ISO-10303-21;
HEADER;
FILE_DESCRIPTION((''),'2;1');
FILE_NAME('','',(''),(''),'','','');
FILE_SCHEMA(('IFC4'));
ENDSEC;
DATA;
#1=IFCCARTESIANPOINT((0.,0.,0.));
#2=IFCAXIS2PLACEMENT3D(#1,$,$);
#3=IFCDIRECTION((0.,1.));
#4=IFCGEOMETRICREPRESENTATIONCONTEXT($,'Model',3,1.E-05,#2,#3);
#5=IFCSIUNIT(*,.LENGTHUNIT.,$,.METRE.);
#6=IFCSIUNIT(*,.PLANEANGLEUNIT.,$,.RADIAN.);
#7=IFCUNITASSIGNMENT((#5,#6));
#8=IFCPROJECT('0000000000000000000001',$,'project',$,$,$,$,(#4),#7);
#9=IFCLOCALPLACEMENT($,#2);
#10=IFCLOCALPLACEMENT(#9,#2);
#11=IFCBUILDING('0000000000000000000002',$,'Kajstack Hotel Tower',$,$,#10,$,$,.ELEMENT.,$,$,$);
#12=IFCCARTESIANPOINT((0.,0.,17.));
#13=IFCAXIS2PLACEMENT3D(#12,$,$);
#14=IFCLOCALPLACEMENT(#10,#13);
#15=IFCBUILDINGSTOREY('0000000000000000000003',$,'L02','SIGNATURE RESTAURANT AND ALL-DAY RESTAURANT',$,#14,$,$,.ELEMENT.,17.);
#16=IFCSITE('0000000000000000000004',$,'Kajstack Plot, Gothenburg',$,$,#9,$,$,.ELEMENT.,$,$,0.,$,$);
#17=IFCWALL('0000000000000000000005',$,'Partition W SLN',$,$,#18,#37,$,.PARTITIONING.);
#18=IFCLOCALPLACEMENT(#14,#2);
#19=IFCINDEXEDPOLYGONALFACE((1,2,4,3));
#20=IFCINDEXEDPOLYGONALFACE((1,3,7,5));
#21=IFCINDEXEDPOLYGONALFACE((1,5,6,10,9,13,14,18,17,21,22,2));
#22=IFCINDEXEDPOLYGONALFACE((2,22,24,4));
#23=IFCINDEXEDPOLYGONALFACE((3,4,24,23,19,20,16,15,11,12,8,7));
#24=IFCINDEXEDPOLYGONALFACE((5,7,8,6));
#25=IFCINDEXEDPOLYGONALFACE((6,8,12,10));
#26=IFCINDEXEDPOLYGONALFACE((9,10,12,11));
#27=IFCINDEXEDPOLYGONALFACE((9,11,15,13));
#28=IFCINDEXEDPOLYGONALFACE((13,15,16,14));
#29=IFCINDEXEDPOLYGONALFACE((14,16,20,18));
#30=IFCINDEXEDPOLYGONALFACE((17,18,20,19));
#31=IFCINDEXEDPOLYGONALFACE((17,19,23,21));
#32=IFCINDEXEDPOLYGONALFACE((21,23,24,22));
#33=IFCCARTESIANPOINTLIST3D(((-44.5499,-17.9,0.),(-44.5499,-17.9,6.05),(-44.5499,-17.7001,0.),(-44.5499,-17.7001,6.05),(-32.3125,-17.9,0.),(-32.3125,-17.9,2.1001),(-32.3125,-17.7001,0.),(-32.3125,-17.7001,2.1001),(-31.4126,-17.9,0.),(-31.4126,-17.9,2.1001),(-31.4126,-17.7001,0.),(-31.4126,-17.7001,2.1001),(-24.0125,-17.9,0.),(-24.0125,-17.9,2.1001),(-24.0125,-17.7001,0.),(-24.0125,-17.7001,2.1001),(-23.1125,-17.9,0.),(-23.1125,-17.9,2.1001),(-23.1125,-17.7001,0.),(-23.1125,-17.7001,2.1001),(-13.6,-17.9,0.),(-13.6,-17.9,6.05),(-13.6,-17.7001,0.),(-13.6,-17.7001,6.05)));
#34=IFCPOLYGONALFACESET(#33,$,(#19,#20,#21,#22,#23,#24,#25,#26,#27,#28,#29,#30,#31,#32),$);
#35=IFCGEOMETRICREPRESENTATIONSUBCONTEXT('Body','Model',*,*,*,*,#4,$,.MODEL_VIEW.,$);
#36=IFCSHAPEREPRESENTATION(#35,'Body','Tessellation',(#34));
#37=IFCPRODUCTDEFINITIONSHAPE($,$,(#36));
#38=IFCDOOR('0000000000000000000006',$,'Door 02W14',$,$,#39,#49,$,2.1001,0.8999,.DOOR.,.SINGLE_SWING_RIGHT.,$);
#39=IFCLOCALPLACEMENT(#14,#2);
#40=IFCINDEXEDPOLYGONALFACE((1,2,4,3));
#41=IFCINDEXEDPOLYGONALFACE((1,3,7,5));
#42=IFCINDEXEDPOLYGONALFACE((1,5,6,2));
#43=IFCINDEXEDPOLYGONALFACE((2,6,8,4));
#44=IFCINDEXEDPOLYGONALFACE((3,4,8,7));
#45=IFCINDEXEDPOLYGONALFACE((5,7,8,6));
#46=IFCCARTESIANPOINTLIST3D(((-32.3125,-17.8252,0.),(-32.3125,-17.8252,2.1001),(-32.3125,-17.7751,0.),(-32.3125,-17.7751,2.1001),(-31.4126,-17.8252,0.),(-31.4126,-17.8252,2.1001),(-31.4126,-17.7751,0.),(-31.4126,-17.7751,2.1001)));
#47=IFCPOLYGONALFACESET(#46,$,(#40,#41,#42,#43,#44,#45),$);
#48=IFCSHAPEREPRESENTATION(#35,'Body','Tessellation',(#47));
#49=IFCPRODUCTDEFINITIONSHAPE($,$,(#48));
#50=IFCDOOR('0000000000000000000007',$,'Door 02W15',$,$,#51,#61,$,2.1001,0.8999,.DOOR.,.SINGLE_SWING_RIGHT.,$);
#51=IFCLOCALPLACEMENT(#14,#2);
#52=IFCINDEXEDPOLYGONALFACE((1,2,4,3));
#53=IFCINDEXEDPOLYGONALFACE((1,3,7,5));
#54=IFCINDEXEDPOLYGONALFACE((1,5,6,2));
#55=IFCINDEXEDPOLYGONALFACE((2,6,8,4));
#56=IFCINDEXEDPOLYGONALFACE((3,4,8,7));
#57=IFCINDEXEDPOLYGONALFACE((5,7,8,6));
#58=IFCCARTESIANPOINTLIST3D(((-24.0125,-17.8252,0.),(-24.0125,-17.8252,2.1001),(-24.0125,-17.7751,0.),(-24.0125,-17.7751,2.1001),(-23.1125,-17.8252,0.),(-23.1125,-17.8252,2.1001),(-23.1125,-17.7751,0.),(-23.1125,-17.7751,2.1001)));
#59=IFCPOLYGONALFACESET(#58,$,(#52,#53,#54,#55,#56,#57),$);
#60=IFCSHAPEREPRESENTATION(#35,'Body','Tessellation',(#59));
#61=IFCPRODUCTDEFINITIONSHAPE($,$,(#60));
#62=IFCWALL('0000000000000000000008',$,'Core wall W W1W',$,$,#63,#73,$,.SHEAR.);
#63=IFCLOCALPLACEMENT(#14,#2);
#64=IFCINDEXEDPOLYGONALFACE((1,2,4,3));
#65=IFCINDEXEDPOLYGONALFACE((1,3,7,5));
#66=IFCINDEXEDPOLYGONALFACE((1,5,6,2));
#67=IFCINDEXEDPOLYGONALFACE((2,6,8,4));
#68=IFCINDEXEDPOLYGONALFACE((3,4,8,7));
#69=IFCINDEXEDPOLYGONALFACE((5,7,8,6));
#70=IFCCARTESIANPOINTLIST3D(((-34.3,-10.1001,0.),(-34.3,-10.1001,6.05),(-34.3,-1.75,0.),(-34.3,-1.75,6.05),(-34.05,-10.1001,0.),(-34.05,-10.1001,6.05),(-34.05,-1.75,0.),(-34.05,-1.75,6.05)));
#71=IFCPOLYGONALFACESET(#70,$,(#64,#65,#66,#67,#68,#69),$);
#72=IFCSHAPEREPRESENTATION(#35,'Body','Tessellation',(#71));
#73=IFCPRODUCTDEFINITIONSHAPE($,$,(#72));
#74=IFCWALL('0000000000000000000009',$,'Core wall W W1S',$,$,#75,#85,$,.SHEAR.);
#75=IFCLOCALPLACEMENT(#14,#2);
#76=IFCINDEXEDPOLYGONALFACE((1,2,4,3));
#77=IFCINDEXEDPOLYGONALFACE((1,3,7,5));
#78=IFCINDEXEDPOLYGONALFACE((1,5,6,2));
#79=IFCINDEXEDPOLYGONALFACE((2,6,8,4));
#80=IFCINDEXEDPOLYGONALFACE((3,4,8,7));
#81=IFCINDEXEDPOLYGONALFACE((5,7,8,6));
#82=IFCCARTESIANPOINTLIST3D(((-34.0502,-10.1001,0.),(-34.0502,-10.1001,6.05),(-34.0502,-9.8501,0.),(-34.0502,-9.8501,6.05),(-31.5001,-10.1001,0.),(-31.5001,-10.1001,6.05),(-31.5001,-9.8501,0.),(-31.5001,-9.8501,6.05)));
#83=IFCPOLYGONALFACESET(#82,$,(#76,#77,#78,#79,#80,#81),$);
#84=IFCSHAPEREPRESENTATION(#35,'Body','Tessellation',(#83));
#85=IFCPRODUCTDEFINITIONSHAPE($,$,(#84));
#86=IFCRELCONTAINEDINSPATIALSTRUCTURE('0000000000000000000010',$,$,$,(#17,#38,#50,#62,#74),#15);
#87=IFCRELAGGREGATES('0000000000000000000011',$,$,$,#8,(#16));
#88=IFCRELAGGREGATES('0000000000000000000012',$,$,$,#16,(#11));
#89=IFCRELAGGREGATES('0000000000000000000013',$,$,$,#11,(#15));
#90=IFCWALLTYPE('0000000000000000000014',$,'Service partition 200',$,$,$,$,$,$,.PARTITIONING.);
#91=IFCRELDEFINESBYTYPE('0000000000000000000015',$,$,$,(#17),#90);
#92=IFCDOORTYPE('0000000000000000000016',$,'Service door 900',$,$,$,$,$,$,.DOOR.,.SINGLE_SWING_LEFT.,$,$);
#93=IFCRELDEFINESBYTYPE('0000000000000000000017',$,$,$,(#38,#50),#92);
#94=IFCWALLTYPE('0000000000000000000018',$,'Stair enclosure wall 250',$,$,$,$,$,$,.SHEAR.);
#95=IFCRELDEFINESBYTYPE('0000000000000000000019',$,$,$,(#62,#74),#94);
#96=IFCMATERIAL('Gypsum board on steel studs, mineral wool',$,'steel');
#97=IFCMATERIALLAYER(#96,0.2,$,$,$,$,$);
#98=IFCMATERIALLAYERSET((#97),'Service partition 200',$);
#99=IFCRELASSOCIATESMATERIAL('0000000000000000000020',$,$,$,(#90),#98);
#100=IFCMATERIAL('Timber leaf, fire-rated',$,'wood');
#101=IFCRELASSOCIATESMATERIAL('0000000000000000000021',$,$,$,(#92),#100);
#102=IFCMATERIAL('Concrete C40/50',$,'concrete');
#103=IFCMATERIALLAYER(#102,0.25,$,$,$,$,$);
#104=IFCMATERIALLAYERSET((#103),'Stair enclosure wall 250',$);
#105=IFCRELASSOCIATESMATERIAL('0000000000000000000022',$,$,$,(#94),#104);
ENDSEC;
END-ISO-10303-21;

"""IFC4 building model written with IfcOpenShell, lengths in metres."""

from ifc_helpers import new_model, si_unit, direction, frame, frame_2d, origin, place, context, subcontext, project, spatial, rectangle, extrude, material, layer, layer_set, type_object, element, fill, save


model = new_model("IFC4")

# Units and contexts
model_context = context("Model", 3, precision=1e-05, world=origin(), true_north=direction((0.0, 1.0)))
body_context = subcontext(model_context, "Body", "Model", "MODEL_VIEW")
ifc_project = project(units=[si_unit("LENGTHUNIT", "METRE"), si_unit("PLANEANGLEUNIT", "RADIAN")], contexts=[model_context])

# Site, building, storey
site_placement = place(None, origin())
site = spatial("IfcSite", under=ifc_project, at=site_placement, Name="Kajstack Plot, Gothenburg", CompositionType="ELEMENT", RefElevation=0.0)
building_placement = place(site_placement, origin())
building = spatial("IfcBuilding", under=site, at=building_placement, Name="Kajstack Hotel Tower", CompositionType="ELEMENT")
storey_placement = place(building_placement, frame((0.0, 0.0, 17.0)))
storey = spatial("IfcBuildingStorey", under=building, at=storey_placement, Name="L02", Description="SIGNATURE RESTAURANT AND ALL-DAY RESTAURANT", CompositionType="ELEMENT", Elevation=17.0)

# Shared definitions
ifc_material_1 = material(Name="Concrete C40/50", Category="concrete")

# Shared definitions
ifc_material_2 = material(Name="Gypsum board on steel studs, mineral wool", Category="steel")
ifc_layer_1 = layer(ifc_material_2, 0.2)
ifc_layer_set_1 = layer_set([ifc_layer_1], Name="Service partition 200")
wall_type_1 = type_object("IfcWallType", Name="Service partition 200", PredefinedType="PARTITIONING", material=ifc_layer_set_1)
ifc_material_3 = material(Name="Timber leaf, fire-rated", Category="wood")
door_type = type_object("IfcDoorType", Name="Service door 900", OperationType="SINGLE_SWING_LEFT", PredefinedType="DOOR", material=ifc_material_3)

# Wall, openings, doors
wall_1_placement = place(storey_placement, frame((-44.55, -17.8, 0.0), z_axis=(0.0, 0.0, 1.0), x_axis=(1.0, 0.0, 0.0)))
wall_1 = element("IfcWall", 1, at=wall_1_placement, inside=storey, type_object=wall_type_1, Name="Partition W SLN", PredefinedType="PARTITIONING", context=body_context, shape_type="SweptSolid", body=[
    extrude(rectangle(XDim=30.95, YDim=0.2, at=frame_2d((15.4751, 0.0))), origin(), (0.0, 0.0, 1.0), 6.05),
])
opening_1_placement = place(wall_1_placement, frame((12.2375, 0.0, 0.0)))
opening_1 = element("IfcOpeningElement", 2, at=opening_1_placement, cuts=wall_1, PredefinedType="OPENING", context=body_context, shape_type="SweptSolid", body=[
    extrude(rectangle(XDim=0.8999, YDim=2.1001, at=frame_2d((0.45, 1.05))), frame((0.0, 0.1099, 0.0), z_axis=(0.0, -1.0, 0.0), x_axis=(1.0, 0.0, 0.0)), (0.0, 0.0, 1.0), 0.22),
])
opening_2_placement = place(wall_1_placement, frame((20.5376, 0.0, 0.0)))
opening_2 = element("IfcOpeningElement", 3, at=opening_2_placement, cuts=wall_1, PredefinedType="OPENING", context=body_context, shape_type="SweptSolid", body=[
    extrude(rectangle(XDim=0.8999, YDim=2.1001, at=frame_2d((0.45, 1.05))), frame((0.0, 0.1099, 0.0), z_axis=(0.0, -1.0, 0.0), x_axis=(1.0, 0.0, 0.0)), (0.0, 0.0, 1.0), 0.22),
])
door_1_placement = place(opening_1_placement, origin())
door_1 = element("IfcDoor", 4, at=door_1_placement, inside=storey, type_object=door_type, Name="Door 02W14", OperationType="SINGLE_SWING_RIGHT", OverallHeight=2.1001, OverallWidth=0.8999, PredefinedType="DOOR", context=body_context, shape_type="SweptSolid", body=[
    extrude(rectangle(XDim=0.8999, YDim=2.1001, at=frame_2d((0.45, 1.05))), frame((0.0, 0.0249, 0.0), z_axis=(0.0, -1.0, 0.0), x_axis=(1.0, 0.0, 0.0)), (0.0, 0.0, 1.0), 0.05),
])
fill(opening_1, door_1)
door_2_placement = place(opening_2_placement, origin())
door_2 = element("IfcDoor", 5, at=door_2_placement, inside=storey, type_object=door_type, Name="Door 02W15", OperationType="SINGLE_SWING_RIGHT", OverallHeight=2.1001, OverallWidth=0.8999, PredefinedType="DOOR", context=body_context, shape_type="SweptSolid", body=[
    extrude(rectangle(XDim=0.8999, YDim=2.1001, at=frame_2d((0.45, 1.05))), frame((0.0, 0.0249, 0.0), z_axis=(0.0, -1.0, 0.0), x_axis=(1.0, 0.0, 0.0)), (0.0, 0.0, 1.0), 0.05),
])
fill(opening_2, door_2)

# Walls
ifc_layer_2 = layer(ifc_material_1, 0.25)
ifc_layer_set_2 = layer_set([ifc_layer_2], Name="Stair enclosure wall 250")
wall_type_2 = type_object("IfcWallType", Name="Stair enclosure wall 250", PredefinedType="SHEAR", material=ifc_layer_set_2)
wall_2_placement = place(storey_placement, frame((-34.175, -10.1001, 0.0), z_axis=(0.0, 0.0, 1.0), x_axis=(0.0, 1.0, 0.0)))
element("IfcWall", 6, at=wall_2_placement, inside=storey, type_object=wall_type_2, Name="Core wall W W1W", PredefinedType="SHEAR", context=body_context, shape_type="SweptSolid", body=[
    extrude(rectangle(XDim=8.3501, YDim=0.25, at=frame_2d((4.175, 0.0))), origin(), (0.0, 0.0, 1.0), 6.05),
])
wall_3_placement = place(storey_placement, frame((-34.05, -9.9751, 0.0), z_axis=(0.0, 0.0, 1.0), x_axis=(1.0, 0.0, 0.0)))
element("IfcWall", 7, at=wall_3_placement, inside=storey, type_object=wall_type_2, Name="Core wall W W1S", PredefinedType="SHEAR", context=body_context, shape_type="SweptSolid", body=[
    extrude(rectangle(XDim=2.55, YDim=0.25, at=frame_2d((1.2749, 0.0))), origin(), (0.0, 0.0, 1.0), 6.05),
])

save(model, "model.ifc")
